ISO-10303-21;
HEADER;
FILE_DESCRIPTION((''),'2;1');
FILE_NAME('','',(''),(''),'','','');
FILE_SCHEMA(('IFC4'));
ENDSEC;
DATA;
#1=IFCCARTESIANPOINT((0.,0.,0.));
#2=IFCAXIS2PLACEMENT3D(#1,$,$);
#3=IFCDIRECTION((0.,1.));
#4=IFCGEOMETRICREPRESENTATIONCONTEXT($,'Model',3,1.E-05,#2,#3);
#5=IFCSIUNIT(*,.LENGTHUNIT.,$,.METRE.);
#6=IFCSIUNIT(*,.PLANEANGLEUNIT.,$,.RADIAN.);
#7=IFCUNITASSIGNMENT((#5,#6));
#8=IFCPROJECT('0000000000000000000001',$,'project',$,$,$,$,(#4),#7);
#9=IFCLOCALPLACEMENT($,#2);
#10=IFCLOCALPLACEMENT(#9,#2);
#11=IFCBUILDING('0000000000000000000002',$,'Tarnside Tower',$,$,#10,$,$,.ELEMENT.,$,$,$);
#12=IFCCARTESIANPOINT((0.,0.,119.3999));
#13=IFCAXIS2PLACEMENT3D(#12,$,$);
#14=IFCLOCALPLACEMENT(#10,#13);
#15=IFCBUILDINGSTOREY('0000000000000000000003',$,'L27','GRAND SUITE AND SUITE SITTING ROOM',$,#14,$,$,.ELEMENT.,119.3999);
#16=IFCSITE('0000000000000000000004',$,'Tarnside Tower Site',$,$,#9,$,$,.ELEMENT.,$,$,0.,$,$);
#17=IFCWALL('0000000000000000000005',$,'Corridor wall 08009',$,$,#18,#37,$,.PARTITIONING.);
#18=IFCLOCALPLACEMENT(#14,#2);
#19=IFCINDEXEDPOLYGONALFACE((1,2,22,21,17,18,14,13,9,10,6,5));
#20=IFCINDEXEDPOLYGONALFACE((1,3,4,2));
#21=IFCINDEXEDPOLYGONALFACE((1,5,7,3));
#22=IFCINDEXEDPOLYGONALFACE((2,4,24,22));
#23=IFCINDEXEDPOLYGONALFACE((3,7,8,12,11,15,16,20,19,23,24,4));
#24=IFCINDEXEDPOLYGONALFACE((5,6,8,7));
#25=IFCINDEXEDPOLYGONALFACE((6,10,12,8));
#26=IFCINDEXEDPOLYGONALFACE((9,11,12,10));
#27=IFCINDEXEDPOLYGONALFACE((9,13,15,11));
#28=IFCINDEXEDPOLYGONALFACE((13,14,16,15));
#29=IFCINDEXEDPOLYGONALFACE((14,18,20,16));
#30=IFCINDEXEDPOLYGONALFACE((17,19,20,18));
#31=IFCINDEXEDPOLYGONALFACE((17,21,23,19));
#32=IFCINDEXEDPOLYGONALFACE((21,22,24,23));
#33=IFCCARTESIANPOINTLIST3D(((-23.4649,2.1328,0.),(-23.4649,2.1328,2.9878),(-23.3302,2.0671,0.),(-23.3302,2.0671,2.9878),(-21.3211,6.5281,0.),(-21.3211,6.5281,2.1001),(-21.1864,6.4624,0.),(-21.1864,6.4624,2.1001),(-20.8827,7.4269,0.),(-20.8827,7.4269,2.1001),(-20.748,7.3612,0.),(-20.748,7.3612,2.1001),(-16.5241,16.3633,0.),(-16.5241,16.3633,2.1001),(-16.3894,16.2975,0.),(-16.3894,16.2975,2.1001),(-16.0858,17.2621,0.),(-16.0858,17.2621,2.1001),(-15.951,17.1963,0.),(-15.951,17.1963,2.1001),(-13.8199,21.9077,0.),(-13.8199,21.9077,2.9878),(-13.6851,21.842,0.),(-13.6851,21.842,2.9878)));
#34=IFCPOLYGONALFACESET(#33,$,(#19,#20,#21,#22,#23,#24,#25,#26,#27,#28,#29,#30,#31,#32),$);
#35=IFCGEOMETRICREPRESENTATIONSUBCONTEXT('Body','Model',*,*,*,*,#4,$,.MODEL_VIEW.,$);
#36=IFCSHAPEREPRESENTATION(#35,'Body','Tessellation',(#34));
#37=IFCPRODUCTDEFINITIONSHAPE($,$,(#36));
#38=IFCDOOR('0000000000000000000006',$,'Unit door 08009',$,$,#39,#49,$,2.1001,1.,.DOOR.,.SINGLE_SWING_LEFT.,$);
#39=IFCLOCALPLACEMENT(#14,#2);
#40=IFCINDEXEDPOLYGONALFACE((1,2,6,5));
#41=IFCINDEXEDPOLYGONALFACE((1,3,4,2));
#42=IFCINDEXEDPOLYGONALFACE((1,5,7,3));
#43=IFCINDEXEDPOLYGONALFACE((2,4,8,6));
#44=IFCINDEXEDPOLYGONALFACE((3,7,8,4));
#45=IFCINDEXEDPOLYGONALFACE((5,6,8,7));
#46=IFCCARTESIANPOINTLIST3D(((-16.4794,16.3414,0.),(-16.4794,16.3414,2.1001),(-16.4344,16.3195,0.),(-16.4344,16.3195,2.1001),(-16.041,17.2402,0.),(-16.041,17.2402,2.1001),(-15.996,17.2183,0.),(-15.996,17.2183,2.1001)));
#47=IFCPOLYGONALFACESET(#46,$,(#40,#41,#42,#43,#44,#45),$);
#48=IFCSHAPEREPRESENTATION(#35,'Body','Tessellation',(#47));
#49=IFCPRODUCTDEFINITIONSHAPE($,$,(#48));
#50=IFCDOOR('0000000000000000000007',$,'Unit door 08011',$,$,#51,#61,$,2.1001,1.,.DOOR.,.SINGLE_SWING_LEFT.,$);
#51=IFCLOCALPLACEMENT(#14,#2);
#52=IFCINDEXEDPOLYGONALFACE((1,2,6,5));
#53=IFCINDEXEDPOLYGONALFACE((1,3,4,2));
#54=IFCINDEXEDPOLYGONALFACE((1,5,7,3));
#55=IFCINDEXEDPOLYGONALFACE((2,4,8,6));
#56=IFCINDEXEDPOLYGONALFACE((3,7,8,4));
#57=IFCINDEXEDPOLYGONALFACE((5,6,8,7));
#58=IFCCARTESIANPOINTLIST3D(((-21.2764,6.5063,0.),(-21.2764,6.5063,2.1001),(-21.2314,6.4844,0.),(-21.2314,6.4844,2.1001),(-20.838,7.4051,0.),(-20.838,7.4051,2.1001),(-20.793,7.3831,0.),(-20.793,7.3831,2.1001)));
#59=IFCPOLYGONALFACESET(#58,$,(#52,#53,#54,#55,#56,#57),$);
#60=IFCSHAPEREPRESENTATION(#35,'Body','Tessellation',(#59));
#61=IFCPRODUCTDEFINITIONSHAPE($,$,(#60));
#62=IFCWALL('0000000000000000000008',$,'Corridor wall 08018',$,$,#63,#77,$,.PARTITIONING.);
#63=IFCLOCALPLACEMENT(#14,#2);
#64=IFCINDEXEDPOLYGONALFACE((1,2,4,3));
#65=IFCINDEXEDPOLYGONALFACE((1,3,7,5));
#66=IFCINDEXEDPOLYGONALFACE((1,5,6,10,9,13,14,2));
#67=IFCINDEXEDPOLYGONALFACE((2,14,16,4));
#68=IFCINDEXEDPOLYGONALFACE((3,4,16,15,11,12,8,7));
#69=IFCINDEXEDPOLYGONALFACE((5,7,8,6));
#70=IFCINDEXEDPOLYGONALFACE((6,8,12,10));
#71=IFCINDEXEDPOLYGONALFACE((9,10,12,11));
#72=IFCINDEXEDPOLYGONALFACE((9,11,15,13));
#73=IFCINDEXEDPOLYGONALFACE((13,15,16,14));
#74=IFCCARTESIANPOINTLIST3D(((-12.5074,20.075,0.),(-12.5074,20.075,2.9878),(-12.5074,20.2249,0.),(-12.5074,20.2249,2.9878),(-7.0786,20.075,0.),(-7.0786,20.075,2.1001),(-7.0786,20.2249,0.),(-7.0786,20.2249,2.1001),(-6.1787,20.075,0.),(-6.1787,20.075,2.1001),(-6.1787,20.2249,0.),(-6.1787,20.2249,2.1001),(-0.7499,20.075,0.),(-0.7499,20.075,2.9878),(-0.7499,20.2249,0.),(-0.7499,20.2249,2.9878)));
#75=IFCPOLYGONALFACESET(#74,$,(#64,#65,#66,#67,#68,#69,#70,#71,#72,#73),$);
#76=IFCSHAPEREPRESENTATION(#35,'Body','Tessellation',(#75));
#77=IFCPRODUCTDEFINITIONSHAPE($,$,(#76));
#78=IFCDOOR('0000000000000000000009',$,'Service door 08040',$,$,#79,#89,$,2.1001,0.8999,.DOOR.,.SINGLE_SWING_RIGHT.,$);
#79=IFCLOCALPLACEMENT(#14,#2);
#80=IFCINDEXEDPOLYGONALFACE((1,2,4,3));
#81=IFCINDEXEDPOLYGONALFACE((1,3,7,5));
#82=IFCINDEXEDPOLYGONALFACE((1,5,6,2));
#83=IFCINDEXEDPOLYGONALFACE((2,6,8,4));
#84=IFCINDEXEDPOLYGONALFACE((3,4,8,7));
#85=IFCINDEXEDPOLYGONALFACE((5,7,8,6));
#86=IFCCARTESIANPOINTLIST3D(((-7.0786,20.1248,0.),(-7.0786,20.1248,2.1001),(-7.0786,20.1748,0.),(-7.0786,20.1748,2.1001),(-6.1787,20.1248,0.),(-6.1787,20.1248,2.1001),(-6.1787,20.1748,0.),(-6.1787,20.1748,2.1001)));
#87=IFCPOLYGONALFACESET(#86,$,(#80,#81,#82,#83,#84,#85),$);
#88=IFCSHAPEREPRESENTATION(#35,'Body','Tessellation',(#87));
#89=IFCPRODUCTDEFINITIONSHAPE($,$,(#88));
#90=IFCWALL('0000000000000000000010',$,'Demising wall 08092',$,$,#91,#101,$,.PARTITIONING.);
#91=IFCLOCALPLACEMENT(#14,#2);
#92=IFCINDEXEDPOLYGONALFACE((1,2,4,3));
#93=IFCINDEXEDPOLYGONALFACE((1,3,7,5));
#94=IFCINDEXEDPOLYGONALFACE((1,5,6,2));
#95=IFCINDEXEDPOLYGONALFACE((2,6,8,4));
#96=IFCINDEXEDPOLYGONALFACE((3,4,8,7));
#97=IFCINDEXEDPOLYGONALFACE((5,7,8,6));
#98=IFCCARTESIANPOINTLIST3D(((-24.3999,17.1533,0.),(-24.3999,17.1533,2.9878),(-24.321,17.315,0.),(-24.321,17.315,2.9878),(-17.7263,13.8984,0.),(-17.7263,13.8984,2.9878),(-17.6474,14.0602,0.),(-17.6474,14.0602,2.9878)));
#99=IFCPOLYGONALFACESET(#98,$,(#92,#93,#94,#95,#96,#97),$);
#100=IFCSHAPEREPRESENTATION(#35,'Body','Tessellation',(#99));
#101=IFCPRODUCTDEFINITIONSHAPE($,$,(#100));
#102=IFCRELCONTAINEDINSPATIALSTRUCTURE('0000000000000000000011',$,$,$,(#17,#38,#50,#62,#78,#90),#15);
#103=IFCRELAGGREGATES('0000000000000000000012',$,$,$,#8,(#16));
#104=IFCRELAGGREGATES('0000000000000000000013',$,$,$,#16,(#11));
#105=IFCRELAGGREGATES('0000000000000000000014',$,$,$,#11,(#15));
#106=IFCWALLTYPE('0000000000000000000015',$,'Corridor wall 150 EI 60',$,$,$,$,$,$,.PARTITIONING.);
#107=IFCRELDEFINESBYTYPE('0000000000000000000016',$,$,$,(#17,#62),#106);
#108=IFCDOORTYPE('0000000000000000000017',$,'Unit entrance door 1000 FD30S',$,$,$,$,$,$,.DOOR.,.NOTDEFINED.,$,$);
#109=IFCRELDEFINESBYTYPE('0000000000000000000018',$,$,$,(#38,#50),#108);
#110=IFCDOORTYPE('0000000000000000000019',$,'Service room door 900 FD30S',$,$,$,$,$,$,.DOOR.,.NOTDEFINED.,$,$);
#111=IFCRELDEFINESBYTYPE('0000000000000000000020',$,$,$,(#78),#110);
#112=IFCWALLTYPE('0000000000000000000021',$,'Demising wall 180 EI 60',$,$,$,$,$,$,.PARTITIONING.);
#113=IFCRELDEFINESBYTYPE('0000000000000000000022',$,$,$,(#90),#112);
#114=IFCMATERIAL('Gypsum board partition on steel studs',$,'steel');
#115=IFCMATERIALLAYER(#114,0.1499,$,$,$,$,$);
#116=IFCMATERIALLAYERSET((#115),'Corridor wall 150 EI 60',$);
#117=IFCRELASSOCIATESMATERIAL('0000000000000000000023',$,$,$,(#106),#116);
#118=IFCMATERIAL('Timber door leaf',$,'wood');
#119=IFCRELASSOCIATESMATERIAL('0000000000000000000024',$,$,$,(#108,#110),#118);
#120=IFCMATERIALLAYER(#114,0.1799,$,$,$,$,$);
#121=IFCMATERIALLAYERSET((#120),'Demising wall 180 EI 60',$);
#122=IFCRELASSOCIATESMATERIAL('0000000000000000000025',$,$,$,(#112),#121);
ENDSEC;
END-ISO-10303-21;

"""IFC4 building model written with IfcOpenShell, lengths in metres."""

from ifc_helpers import new_model, si_unit, direction, frame, frame_2d, origin, place, context, subcontext, project, spatial, rectangle, extrude, material, layer, layer_set, type_object, element, fill, save


model = new_model("IFC4")

# Units and contexts
model_context = context("Model", 3, precision=1e-05, world=origin(), true_north=direction((0.0, 1.0)))
body_context = subcontext(model_context, "Body", "Model", "MODEL_VIEW")
ifc_project = project(units=[si_unit("LENGTHUNIT", "METRE"), si_unit("PLANEANGLEUNIT", "RADIAN")], contexts=[model_context])

# Site, building, storey
site_placement = place(None, origin())
site = spatial("IfcSite", under=ifc_project, at=site_placement, Name="Tarnside Tower Site", CompositionType="ELEMENT", RefElevation=0.0)
building_placement = place(site_placement, origin())
building = spatial("IfcBuilding", under=site, at=building_placement, Name="Tarnside Tower", CompositionType="ELEMENT")
storey_placement = place(building_placement, frame((0.0, 0.0, 119.3999)))
storey = spatial("IfcBuildingStorey", under=building, at=storey_placement, Name="L27", Description="GRAND SUITE AND SUITE SITTING ROOM", CompositionType="ELEMENT", Elevation=119.3999)

# Shared definitions
ifc_material_1 = material(Name="Gypsum board partition on steel studs", Category="steel")
ifc_material_2 = material(Name="Timber door leaf", Category="wood")

# Wall, openings, doors
ifc_layer_1 = layer(ifc_material_1, 0.1499)
ifc_layer_set_1 = layer_set([ifc_layer_1], Name="Corridor wall 150 EI 60")
wall_type_1 = type_object("IfcWallType", Name="Corridor wall 150 EI 60", PredefinedType="PARTITIONING", material=ifc_layer_set_1)
wall_1_placement = place(storey_placement, frame((-13.7524, 21.875, 0.0), z_axis=(0.0, 0.0, 1.0), x_axis=(-0.438377, -0.898791, 0.0)))
wall_1 = element("IfcWall", 1, at=wall_1_placement, inside=storey, type_object=wall_type_1, Name="Corridor wall 08009", PredefinedType="PARTITIONING", context=body_context, shape_type="SweptSolid", body=[
    extrude(rectangle(XDim=22.0017, YDim=0.1499, at=frame_2d((11.001, 0.0))), origin(), (0.0, 0.0, 1.0), 2.9878),
])
opening_1_placement = place(wall_1_placement, frame((5.1689, 0.0, 0.0)))
opening_1 = element("IfcOpeningElement", 2, at=opening_1_placement, cuts=wall_1, PredefinedType="OPENING", context=body_context, shape_type="SweptSolid", body=[
    extrude(rectangle(XDim=1.0, YDim=2.1001, at=frame_2d((0.5, 1.05))), frame((0.0, 0.085, 0.0), z_axis=(0.0, -1.0, 0.0), x_axis=(1.0, 0.0, 0.0)), (0.0, 0.0, 1.0), 0.1699),
])
opening_2_placement = place(wall_1_placement, frame((16.1116, 0.0, 0.0)))
opening_2 = element("IfcOpeningElement", 3, at=opening_2_placement, cuts=wall_1, PredefinedType="OPENING", context=body_context, shape_type="SweptSolid", body=[
    extrude(rectangle(XDim=1.0, YDim=2.1001, at=frame_2d((0.5, 1.05))), frame((0.0, 0.085, 0.0), z_axis=(0.0, -1.0, 0.0), x_axis=(1.0, 0.0, 0.0)), (0.0, 0.0, 1.0), 0.1699),
])
door_type_1 = type_object("IfcDoorType", Name="Unit entrance door 1000 FD30S", OperationType="NOTDEFINED", PredefinedType="DOOR", material=ifc_material_2)
door_1_placement = place(opening_1_placement, origin())
door_1 = element("IfcDoor", 4, at=door_1_placement, inside=storey, type_object=door_type_1, Name="Unit door 08009", OperationType="SINGLE_SWING_LEFT", OverallHeight=2.1001, OverallWidth=1.0, PredefinedType="DOOR", context=body_context, shape_type="SweptSolid", body=[
    extrude(rectangle(XDim=1.0, YDim=2.1001, at=frame_2d((0.5, 1.05))), frame((0.0, 0.0249, 0.0), z_axis=(0.0, -1.0, 0.0), x_axis=(1.0, 0.0, 0.0)), (0.0, 0.0, 1.0), 0.05),
])
fill(opening_1, door_1)
door_2_placement = place(opening_2_placement, origin())
door_2 = element("IfcDoor", 5, at=door_2_placement, inside=storey, type_object=door_type_1, Name="Unit door 08011", OperationType="SINGLE_SWING_LEFT", OverallHeight=2.1001, OverallWidth=1.0, PredefinedType="DOOR", context=body_context, shape_type="SweptSolid", body=[
    extrude(rectangle(XDim=1.0, YDim=2.1001, at=frame_2d((0.5, 1.05))), frame((0.0, 0.0249, 0.0), z_axis=(0.0, -1.0, 0.0), x_axis=(1.0, 0.0, 0.0)), (0.0, 0.0, 1.0), 0.05),
])
fill(opening_2, door_2)

# Wall, opening, door
wall_2_placement = place(storey_placement, frame((-12.5076, 20.1499, 0.0), z_axis=(0.0, 0.0, 1.0), x_axis=(1.0, 0.0, 0.0)))
wall_2 = element("IfcWall", 6, at=wall_2_placement, inside=storey, type_object=wall_type_1, Name="Corridor wall 08018", PredefinedType="PARTITIONING", context=body_context, shape_type="SweptSolid", body=[
    extrude(rectangle(XDim=11.7576, YDim=0.1499, at=frame_2d((5.8789, 0.0))), origin(), (0.0, 0.0, 1.0), 2.9878),
])
opening_3_placement = place(wall_2_placement, frame((5.429, 0.0, 0.0)))
opening_3 = element("IfcOpeningElement", 7, at=opening_3_placement, cuts=wall_2, PredefinedType="OPENING", context=body_context, shape_type="SweptSolid", body=[
    extrude(rectangle(XDim=0.8999, YDim=2.1001, at=frame_2d((0.45, 1.05))), frame((0.0, 0.085, 0.0), z_axis=(0.0, -1.0, 0.0), x_axis=(1.0, 0.0, 0.0)), (0.0, 0.0, 1.0), 0.1699),
])
door_type_2 = type_object("IfcDoorType", Name="Service room door 900 FD30S", OperationType="NOTDEFINED", PredefinedType="DOOR", material=ifc_material_2)
door_3_placement = place(opening_3_placement, origin())
door_3 = element("IfcDoor", 8, at=door_3_placement, inside=storey, type_object=door_type_2, Name="Service door 08040", OperationType="SINGLE_SWING_RIGHT", OverallHeight=2.1001, OverallWidth=0.8999, PredefinedType="DOOR", context=body_context, shape_type="SweptSolid", body=[
    extrude(rectangle(XDim=0.8999, YDim=2.1001, at=frame_2d((0.45, 1.05))), frame((0.0, 0.0249, 0.0), z_axis=(0.0, -1.0, 0.0), x_axis=(1.0, 0.0, 0.0)), (0.0, 0.0, 1.0), 0.05),
])
fill(opening_3, door_3)

# Wall
ifc_layer_2 = layer(ifc_material_1, 0.1799)
ifc_layer_set_2 = layer_set([ifc_layer_2], Name="Demising wall 180 EI 60")
wall_type_2 = type_object("IfcWallType", Name="Demising wall 180 EI 60", PredefinedType="PARTITIONING", material=ifc_layer_set_2)
wall_3_placement = place(storey_placement, frame((-24.3604, 17.2341, 0.0), z_axis=(0.0, 0.0, 1.0), x_axis=(0.898796, -0.438367, 0.0)))
element("IfcWall", 9, at=wall_3_placement, inside=storey, type_object=wall_type_2, Name="Demising wall 08092", PredefinedType="PARTITIONING", context=body_context, shape_type="SweptSolid", body=[
    extrude(rectangle(XDim=7.425, YDim=0.1799, at=frame_2d((3.7124, 0.0))), origin(), (0.0, 0.0, 1.0), 2.9878),
])

save(model, "model.ifc")
